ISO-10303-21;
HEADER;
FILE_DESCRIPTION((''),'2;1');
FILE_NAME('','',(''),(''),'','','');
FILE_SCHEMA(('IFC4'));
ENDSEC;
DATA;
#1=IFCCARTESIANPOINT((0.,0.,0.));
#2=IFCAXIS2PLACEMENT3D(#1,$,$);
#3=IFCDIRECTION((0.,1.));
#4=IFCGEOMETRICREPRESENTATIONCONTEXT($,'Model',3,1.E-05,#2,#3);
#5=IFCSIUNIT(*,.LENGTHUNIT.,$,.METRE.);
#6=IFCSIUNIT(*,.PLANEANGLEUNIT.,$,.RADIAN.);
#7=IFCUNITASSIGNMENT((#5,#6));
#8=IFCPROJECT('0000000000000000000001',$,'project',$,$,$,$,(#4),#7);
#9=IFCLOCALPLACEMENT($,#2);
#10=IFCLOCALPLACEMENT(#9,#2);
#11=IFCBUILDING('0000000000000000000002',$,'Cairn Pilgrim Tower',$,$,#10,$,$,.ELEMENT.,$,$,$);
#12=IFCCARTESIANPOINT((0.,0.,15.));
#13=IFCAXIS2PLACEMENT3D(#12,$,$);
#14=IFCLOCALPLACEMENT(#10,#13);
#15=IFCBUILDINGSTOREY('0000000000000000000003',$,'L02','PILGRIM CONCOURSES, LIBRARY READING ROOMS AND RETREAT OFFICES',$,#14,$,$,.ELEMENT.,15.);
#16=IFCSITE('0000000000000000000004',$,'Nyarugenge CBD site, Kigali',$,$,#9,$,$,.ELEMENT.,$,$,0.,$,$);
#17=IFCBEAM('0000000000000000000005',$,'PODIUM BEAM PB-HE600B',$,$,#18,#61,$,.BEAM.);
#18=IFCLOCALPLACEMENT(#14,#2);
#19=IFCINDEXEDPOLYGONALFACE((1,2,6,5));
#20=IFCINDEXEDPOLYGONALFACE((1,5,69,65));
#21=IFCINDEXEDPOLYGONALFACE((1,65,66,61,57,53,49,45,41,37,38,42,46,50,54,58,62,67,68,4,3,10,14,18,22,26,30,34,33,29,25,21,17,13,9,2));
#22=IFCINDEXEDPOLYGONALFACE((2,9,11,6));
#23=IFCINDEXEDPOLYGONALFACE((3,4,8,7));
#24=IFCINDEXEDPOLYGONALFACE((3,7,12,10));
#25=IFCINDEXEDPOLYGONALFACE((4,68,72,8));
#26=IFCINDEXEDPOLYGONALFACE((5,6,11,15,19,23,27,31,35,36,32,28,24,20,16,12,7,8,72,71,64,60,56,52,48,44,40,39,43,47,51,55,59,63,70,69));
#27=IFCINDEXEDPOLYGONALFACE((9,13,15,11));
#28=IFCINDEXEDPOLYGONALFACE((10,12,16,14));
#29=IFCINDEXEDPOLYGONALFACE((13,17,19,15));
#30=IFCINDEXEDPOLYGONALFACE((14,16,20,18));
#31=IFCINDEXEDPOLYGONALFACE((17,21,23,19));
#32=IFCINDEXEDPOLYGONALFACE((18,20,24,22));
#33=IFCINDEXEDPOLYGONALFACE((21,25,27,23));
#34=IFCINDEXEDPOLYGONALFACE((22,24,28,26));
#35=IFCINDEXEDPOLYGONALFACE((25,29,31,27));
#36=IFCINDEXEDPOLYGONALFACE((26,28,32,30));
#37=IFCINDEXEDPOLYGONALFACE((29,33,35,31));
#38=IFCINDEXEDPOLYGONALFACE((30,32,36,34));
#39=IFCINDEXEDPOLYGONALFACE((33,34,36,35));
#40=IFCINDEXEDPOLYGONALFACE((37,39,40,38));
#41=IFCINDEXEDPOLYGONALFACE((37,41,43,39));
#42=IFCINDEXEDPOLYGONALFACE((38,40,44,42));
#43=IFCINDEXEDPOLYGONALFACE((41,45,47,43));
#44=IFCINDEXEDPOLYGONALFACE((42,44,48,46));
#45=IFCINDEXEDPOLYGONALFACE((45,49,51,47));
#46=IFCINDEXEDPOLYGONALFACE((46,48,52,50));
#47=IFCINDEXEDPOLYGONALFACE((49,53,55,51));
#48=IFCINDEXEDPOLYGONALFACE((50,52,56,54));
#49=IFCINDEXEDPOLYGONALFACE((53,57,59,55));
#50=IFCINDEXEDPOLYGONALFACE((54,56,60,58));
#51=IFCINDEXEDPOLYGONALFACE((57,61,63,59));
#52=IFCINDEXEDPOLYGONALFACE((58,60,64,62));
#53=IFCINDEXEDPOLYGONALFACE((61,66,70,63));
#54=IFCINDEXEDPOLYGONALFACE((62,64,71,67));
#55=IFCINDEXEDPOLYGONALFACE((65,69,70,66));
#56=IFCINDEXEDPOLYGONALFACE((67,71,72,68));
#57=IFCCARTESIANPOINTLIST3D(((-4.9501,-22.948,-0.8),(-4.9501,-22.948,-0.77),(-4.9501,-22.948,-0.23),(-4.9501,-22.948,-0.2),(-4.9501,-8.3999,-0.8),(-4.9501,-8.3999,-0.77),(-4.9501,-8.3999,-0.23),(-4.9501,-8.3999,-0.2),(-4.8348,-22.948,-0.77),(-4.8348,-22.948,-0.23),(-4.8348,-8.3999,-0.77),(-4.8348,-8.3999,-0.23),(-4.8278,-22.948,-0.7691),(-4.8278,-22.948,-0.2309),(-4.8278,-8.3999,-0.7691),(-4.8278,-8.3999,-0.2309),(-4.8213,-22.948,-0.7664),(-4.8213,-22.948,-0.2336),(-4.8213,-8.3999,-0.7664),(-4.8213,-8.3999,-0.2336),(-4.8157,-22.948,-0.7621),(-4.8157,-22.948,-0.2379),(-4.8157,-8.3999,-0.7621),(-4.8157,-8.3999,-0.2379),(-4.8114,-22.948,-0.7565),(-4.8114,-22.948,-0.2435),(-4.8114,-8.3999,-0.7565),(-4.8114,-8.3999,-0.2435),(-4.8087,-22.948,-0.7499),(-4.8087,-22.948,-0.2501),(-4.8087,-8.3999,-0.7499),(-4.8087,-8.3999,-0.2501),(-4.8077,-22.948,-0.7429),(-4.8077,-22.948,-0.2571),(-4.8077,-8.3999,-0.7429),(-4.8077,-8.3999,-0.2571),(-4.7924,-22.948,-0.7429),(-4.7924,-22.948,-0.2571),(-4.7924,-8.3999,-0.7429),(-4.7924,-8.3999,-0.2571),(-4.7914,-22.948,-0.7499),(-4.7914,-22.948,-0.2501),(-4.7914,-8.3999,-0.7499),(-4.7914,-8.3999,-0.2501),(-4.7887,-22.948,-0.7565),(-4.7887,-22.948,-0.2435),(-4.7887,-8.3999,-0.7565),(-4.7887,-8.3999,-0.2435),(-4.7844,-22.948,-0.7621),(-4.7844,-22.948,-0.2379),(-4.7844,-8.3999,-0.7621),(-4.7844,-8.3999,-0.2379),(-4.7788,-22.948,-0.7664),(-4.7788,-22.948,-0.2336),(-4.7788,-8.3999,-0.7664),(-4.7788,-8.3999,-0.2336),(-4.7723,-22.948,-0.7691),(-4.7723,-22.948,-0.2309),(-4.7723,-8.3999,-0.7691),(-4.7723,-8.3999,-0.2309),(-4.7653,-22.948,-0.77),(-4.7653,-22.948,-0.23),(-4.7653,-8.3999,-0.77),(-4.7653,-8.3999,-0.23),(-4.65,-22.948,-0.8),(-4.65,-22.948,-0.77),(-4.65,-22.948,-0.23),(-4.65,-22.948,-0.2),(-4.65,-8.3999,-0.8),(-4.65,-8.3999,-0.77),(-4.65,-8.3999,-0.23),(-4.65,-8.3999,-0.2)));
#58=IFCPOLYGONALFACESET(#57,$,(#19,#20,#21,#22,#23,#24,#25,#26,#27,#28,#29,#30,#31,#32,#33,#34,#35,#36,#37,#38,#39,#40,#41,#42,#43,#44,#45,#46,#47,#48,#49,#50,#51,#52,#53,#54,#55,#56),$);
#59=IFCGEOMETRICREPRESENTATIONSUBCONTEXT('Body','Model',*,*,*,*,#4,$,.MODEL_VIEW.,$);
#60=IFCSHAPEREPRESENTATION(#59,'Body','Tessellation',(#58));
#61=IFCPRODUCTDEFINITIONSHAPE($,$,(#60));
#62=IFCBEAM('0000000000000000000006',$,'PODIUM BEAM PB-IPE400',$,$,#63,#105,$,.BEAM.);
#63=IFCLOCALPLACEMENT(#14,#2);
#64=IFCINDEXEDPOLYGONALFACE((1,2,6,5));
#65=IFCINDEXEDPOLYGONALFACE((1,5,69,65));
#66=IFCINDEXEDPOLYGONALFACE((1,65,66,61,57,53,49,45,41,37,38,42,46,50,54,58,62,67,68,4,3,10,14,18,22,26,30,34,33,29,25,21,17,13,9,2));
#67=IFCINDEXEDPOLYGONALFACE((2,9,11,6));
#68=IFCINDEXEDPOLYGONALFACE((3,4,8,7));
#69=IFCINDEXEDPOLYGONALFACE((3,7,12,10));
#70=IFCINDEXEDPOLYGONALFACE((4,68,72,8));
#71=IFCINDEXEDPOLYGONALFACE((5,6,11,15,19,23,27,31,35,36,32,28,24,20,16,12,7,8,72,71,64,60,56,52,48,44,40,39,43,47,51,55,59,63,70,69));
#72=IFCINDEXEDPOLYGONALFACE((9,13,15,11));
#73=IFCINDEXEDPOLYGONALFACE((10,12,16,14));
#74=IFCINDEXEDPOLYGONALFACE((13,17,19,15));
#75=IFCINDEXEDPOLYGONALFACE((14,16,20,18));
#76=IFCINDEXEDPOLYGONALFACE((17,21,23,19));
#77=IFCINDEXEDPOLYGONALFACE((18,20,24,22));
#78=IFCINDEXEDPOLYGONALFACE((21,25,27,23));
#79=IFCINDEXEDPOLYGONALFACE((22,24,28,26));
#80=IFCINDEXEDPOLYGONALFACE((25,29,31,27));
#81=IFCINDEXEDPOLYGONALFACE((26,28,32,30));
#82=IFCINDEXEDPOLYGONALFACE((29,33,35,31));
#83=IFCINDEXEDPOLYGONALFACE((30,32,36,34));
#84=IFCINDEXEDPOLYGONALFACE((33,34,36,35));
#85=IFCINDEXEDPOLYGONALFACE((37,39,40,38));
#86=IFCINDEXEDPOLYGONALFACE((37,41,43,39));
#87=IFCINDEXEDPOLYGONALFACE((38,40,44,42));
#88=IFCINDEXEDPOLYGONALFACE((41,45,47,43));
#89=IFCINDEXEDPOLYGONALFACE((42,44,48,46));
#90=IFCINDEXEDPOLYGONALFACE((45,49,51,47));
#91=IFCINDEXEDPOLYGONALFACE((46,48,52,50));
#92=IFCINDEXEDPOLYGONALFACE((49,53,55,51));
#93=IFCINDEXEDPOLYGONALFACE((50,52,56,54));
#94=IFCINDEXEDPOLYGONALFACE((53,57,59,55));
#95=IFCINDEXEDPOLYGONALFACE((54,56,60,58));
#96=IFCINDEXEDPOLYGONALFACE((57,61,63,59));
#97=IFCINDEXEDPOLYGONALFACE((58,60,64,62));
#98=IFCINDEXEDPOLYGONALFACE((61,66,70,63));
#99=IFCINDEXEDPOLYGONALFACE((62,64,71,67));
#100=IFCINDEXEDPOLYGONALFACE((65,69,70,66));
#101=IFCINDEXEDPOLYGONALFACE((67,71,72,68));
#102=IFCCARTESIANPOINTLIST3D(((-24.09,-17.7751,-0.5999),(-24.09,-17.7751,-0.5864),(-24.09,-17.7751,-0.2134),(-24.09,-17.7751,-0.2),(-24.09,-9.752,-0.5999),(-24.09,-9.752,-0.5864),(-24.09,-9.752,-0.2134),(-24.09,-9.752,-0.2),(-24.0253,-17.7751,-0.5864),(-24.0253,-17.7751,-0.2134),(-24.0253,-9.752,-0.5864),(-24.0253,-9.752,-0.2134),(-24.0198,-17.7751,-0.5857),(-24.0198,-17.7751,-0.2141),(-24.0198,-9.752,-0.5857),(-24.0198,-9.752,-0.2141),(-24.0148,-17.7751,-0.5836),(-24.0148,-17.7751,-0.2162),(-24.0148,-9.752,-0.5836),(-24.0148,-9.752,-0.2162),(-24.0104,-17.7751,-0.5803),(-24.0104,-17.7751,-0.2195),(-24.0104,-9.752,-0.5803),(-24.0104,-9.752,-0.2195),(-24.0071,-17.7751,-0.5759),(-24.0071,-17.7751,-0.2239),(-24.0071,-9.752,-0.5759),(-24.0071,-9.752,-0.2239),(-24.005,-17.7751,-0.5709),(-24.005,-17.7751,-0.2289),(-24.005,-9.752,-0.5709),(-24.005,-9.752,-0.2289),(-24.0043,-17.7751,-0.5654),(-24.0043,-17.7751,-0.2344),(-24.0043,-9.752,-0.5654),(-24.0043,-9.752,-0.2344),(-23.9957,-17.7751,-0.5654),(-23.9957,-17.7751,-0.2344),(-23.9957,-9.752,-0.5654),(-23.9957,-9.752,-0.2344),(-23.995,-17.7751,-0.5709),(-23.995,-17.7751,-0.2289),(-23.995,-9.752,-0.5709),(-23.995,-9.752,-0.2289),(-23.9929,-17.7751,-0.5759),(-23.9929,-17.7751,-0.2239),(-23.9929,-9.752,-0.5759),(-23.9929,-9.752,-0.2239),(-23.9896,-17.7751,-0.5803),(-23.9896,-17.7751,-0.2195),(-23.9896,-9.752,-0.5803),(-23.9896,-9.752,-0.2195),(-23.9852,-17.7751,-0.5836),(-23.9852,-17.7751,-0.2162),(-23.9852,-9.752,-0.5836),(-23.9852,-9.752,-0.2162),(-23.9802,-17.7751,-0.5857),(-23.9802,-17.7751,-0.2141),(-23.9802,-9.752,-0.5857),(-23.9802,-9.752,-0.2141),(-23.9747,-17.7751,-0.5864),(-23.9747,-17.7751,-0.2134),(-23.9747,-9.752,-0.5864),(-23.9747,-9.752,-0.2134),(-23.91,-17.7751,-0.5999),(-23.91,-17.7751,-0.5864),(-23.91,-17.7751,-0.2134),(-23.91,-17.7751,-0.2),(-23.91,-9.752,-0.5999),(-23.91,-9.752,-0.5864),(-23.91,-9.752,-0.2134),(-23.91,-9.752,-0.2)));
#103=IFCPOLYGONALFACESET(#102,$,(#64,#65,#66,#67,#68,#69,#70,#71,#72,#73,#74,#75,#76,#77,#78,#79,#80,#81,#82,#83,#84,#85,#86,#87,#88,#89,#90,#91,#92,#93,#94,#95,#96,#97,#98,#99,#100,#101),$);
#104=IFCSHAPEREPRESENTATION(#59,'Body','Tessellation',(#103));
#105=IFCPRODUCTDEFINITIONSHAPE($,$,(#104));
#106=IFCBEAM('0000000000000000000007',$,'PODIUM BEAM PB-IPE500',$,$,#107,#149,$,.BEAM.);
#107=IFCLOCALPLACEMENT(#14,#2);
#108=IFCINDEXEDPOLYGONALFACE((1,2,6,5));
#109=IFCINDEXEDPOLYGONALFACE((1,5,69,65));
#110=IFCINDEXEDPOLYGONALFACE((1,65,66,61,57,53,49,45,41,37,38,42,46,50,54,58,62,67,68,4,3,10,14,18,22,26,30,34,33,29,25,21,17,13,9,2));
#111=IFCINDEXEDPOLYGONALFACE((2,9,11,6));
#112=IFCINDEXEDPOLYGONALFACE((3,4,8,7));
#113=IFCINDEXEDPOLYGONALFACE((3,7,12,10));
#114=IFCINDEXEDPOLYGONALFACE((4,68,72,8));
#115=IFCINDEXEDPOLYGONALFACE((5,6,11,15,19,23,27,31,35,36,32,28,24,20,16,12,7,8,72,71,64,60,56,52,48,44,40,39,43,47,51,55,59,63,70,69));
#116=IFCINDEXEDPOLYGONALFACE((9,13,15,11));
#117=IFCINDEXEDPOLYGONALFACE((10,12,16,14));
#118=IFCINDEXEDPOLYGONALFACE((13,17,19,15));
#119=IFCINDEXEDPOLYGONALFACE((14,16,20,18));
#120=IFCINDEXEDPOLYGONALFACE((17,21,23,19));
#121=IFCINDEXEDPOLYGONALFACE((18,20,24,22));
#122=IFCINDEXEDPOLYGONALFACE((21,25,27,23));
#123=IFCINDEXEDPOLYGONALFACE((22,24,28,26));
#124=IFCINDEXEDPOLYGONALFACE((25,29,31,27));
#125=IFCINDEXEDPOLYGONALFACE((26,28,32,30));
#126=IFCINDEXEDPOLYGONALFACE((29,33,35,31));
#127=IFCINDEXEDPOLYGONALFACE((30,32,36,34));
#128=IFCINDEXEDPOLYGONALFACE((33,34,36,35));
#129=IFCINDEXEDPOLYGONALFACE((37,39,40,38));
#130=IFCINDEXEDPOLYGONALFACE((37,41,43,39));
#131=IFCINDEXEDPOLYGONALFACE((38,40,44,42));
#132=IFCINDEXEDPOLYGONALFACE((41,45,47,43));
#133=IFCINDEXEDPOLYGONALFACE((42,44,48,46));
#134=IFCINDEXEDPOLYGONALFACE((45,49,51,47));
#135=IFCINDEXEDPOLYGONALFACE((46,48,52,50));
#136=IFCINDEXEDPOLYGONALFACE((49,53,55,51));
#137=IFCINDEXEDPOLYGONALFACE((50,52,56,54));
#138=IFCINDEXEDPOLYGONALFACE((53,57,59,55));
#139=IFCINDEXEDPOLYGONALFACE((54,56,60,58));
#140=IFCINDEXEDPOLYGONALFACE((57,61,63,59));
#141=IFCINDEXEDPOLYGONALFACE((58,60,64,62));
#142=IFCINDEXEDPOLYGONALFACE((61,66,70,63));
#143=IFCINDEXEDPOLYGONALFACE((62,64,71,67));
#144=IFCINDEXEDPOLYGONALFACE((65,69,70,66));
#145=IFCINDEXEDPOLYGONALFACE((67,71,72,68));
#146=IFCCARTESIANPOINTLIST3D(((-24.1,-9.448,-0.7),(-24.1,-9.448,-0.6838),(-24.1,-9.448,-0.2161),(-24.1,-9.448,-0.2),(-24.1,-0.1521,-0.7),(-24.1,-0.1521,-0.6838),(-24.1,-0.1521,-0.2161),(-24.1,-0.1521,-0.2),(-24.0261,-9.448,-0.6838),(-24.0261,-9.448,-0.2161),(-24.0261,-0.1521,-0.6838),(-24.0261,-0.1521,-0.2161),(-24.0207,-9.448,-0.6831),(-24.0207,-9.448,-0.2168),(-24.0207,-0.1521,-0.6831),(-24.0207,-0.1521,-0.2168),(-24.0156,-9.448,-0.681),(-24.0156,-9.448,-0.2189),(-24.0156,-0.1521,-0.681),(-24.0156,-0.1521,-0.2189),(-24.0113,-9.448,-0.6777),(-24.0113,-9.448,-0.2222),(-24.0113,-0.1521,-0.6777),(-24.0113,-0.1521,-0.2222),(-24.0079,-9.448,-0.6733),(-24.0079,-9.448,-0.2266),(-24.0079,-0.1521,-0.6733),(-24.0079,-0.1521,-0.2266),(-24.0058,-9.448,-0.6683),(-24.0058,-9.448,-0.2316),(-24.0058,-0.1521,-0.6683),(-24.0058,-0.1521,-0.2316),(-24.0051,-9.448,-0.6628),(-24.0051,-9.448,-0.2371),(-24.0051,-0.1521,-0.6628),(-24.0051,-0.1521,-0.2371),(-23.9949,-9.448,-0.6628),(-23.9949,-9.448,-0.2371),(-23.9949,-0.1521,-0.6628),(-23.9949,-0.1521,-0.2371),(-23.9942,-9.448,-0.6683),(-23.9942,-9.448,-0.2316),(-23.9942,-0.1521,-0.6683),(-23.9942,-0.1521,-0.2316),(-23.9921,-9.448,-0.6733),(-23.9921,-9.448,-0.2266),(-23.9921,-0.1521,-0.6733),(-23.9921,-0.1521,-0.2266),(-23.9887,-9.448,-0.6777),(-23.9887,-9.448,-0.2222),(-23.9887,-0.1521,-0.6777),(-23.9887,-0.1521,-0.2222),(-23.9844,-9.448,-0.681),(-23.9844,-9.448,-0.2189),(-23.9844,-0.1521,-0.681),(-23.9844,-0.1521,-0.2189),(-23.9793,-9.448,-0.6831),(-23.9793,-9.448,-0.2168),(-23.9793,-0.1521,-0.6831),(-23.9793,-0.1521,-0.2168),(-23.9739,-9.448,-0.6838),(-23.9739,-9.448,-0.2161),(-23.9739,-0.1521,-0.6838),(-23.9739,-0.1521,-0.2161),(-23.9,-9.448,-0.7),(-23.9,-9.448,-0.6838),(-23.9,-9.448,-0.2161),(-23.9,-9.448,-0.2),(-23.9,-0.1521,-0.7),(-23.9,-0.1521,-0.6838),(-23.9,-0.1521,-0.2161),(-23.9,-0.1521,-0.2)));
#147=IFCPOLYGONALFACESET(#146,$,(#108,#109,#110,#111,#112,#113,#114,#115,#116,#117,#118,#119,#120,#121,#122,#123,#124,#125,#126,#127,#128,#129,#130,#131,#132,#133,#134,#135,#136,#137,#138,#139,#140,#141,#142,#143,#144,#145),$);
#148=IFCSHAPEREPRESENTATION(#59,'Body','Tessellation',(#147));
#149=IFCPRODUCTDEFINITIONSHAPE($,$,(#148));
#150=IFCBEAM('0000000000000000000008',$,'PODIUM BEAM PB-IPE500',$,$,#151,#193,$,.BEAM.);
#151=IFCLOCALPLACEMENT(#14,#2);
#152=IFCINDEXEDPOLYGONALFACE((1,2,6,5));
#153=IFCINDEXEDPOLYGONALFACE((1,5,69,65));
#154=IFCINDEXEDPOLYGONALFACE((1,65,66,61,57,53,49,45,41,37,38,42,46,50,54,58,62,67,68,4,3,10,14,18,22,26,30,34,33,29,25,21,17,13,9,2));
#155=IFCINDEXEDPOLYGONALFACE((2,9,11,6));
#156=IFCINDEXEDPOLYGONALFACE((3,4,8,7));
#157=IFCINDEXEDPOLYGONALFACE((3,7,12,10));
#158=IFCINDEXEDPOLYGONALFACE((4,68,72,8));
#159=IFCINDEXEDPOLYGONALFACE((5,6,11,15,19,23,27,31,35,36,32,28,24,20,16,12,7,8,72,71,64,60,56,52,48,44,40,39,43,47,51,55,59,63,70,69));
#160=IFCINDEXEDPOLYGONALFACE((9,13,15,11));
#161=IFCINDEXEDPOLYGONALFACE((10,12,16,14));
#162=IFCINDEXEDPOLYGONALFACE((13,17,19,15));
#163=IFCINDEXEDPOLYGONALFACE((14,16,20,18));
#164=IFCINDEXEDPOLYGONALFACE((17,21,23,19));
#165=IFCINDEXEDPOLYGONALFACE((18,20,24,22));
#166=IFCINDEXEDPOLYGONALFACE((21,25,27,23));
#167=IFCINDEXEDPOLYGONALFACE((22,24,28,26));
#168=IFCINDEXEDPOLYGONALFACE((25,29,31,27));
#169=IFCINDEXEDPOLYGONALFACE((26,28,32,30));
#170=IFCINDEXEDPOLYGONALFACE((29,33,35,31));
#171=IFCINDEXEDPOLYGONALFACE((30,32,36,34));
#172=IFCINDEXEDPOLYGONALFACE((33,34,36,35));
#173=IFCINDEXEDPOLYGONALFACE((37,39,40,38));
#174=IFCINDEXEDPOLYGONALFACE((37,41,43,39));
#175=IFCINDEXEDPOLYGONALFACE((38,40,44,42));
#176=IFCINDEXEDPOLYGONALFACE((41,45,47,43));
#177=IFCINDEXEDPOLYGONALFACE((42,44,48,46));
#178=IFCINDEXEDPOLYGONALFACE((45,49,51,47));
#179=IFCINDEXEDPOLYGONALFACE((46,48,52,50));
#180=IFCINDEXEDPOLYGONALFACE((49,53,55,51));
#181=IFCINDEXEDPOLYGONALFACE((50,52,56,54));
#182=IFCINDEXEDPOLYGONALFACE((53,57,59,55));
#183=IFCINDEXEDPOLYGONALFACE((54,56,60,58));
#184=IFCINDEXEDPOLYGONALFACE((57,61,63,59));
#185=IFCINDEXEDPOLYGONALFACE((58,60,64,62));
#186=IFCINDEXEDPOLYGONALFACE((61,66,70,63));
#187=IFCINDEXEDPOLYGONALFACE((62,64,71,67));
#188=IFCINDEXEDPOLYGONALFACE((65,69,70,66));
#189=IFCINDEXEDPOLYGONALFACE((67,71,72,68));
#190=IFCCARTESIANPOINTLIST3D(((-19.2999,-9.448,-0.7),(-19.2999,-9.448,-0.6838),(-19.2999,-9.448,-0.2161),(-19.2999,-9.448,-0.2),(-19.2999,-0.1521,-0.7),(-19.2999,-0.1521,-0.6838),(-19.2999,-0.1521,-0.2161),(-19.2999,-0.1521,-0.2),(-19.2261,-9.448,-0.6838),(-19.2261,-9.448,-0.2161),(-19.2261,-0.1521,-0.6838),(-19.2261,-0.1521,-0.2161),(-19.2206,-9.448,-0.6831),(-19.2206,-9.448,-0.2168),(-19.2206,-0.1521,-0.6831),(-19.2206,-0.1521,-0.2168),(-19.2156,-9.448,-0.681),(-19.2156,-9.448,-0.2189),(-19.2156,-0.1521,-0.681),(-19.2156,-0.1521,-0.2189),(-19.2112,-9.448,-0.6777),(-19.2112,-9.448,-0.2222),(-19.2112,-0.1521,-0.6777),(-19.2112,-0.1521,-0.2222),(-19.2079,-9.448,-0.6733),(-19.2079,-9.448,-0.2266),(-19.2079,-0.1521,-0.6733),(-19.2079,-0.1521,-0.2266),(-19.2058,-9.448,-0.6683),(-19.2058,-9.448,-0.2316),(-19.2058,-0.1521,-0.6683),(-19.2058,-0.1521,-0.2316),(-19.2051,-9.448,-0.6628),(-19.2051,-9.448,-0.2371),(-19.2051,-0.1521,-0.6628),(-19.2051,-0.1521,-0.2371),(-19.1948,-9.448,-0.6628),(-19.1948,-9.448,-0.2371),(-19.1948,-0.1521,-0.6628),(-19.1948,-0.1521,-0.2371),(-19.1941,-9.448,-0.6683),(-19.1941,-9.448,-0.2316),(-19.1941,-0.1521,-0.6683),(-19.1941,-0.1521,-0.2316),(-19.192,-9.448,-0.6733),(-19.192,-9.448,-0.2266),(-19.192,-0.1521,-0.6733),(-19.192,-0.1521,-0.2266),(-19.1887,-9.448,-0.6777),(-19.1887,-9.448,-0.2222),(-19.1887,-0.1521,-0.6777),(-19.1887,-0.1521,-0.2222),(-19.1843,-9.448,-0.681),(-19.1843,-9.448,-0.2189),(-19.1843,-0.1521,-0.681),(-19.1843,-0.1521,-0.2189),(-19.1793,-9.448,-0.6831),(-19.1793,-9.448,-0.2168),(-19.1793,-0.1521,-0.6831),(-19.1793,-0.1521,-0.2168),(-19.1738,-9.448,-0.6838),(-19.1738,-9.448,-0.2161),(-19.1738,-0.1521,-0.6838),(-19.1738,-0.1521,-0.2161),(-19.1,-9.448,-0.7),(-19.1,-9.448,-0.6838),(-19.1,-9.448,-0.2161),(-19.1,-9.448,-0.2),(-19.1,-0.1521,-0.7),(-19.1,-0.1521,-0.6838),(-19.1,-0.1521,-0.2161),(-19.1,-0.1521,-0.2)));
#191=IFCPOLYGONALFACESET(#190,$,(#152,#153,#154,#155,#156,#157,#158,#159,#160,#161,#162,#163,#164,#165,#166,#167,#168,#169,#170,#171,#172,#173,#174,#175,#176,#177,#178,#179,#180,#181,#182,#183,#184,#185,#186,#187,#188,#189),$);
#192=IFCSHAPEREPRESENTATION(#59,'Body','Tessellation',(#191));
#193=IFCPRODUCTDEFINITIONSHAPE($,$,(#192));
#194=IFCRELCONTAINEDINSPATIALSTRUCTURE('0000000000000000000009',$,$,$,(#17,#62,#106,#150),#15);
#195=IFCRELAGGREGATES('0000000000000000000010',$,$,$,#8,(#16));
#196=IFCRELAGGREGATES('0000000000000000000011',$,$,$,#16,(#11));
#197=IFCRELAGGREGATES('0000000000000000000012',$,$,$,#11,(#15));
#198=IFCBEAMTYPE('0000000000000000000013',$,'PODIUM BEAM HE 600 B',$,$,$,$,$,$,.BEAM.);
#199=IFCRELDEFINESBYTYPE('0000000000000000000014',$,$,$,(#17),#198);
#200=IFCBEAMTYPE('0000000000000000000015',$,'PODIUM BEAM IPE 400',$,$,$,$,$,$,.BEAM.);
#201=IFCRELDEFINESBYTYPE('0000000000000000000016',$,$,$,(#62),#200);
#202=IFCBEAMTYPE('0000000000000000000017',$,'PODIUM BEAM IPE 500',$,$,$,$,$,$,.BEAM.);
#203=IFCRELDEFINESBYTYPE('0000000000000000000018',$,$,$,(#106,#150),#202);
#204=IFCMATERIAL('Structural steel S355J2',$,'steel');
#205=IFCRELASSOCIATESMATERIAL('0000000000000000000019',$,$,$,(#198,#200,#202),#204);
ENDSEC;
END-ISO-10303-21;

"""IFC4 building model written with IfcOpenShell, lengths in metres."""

from ifc_helpers import new_model, si_unit, direction, frame, origin, origin_2d, place, context, subcontext, project, spatial, i_section, extrude, material, material_profile, profile_set, type_object, element, save


model = new_model("IFC4")

# Units and contexts
model_context = context("Model", 3, precision=1e-05, world=origin(), true_north=direction((0.0, 1.0)))
body_context = subcontext(model_context, "Body", "Model", "MODEL_VIEW")
ifc_project = project(units=[si_unit("LENGTHUNIT", "METRE"), si_unit("PLANEANGLEUNIT", "RADIAN")], contexts=[model_context])

# Site, building, storey
site_placement = place(None, origin())
site = spatial("IfcSite", under=ifc_project, at=site_placement, Name="Nyarugenge CBD site, Kigali", CompositionType="ELEMENT", RefElevation=0.0)
building_placement = place(site_placement, origin())
building = spatial("IfcBuilding", under=site, at=building_placement, Name="Cairn Pilgrim Tower", CompositionType="ELEMENT")
storey_placement = place(building_placement, frame((0.0, 0.0, 15.0)))
storey = spatial("IfcBuildingStorey", under=building, at=storey_placement, Name="L02", Description="PILGRIM CONCOURSES, LIBRARY READING ROOMS AND RETREAT OFFICES", CompositionType="ELEMENT", Elevation=15.0)

# Beams
ifc_material_1 = material(Name="Structural steel S355J2", Category="steel")
ifc_material_profile_1 = material_profile(ifc_material_1, i_section(OverallWidth=0.3, OverallDepth=0.6001, WebThickness=0.0154, FlangeThickness=0.03, FilletRadius=0.0271, at=origin_2d()), Name="HEB 600")
ifc_profile_set_1 = profile_set([ifc_material_profile_1], Name="Structural steel S355J2")
beam_type_1 = type_object("IfcBeamType", Name="PODIUM BEAM HE 600 B", PredefinedType="BEAM", material=ifc_profile_set_1)
beam_1_placement = place(storey_placement, frame((-4.8, -22.948, -0.5), z_axis=(0.0, 1.0, 0.0), x_axis=(-1.0, 0.0, 0.0)))
element("IfcBeam", 1, at=beam_1_placement, inside=storey, type_object=beam_type_1, Name="PODIUM BEAM PB-HE600B", PredefinedType="BEAM", context=body_context, shape_type="SweptSolid", body=[
    extrude(i_section(OverallWidth=0.3, OverallDepth=0.6001, WebThickness=0.0154, FlangeThickness=0.03, FilletRadius=0.0271, at=origin_2d()), origin(), (0.0, 0.0, 1.0), 14.5481),
])
ifc_material_profile_2 = material_profile(ifc_material_1, i_section(OverallWidth=0.1799, OverallDepth=0.3999, WebThickness=0.0085, FlangeThickness=0.0134, FilletRadius=0.021, at=origin_2d()), Name="IPE 400")
ifc_profile_set_2 = profile_set([ifc_material_profile_2], Name="Structural steel S355J2")
beam_type_2 = type_object("IfcBeamType", Name="PODIUM BEAM IPE 400", PredefinedType="BEAM", material=ifc_profile_set_2)
beam_2_placement = place(storey_placement, frame((-24.0, -17.7751, -0.3999), z_axis=(0.0, 1.0, 0.0), x_axis=(-1.0, 0.0, 0.0)))
element("IfcBeam", 2, at=beam_2_placement, inside=storey, type_object=beam_type_2, Name="PODIUM BEAM PB-IPE400", PredefinedType="BEAM", context=body_context, shape_type="SweptSolid", body=[
    extrude(i_section(OverallWidth=0.1799, OverallDepth=0.3999, WebThickness=0.0085, FlangeThickness=0.0134, FilletRadius=0.021, at=origin_2d()), origin(), (0.0, 0.0, 1.0), 8.0232),
])
ifc_material_profile_3 = material_profile(ifc_material_1, i_section(OverallWidth=0.2, OverallDepth=0.5, WebThickness=0.0103, FlangeThickness=0.0161, FilletRadius=0.021, at=origin_2d()), Name="IPE 500")
ifc_profile_set_3 = profile_set([ifc_material_profile_3], Name="Structural steel S355J2")
beam_type_3 = type_object("IfcBeamType", Name="PODIUM BEAM IPE 500", PredefinedType="BEAM", material=ifc_profile_set_3)
for number, where, z_axis, x_axis, name in (
    (3, (-24.0, -9.448, -0.45), (0.0, 1.0, 0.0), (-1.0, 0.0, 0.0), "PODIUM BEAM PB-IPE500"),
    (4, (-19.2, -9.448, -0.45), (0.0, 1.0, 0.0), (-1.0, 0.0, 0.0), "PODIUM BEAM PB-IPE500"),
):
    element("IfcBeam", number, at=place(storey_placement, frame(where, z_axis=z_axis, x_axis=x_axis)), inside=storey, type_object=beam_type_3, Name=name, PredefinedType="BEAM", context=body_context, shape_type="SweptSolid", body=[
        extrude(i_section(OverallWidth=0.2, OverallDepth=0.5, WebThickness=0.0103, FlangeThickness=0.0161, FilletRadius=0.021, at=origin_2d()), origin(), (0.0, 0.0, 1.0), 9.2959),
    ])

save(model, "model.ifc")
